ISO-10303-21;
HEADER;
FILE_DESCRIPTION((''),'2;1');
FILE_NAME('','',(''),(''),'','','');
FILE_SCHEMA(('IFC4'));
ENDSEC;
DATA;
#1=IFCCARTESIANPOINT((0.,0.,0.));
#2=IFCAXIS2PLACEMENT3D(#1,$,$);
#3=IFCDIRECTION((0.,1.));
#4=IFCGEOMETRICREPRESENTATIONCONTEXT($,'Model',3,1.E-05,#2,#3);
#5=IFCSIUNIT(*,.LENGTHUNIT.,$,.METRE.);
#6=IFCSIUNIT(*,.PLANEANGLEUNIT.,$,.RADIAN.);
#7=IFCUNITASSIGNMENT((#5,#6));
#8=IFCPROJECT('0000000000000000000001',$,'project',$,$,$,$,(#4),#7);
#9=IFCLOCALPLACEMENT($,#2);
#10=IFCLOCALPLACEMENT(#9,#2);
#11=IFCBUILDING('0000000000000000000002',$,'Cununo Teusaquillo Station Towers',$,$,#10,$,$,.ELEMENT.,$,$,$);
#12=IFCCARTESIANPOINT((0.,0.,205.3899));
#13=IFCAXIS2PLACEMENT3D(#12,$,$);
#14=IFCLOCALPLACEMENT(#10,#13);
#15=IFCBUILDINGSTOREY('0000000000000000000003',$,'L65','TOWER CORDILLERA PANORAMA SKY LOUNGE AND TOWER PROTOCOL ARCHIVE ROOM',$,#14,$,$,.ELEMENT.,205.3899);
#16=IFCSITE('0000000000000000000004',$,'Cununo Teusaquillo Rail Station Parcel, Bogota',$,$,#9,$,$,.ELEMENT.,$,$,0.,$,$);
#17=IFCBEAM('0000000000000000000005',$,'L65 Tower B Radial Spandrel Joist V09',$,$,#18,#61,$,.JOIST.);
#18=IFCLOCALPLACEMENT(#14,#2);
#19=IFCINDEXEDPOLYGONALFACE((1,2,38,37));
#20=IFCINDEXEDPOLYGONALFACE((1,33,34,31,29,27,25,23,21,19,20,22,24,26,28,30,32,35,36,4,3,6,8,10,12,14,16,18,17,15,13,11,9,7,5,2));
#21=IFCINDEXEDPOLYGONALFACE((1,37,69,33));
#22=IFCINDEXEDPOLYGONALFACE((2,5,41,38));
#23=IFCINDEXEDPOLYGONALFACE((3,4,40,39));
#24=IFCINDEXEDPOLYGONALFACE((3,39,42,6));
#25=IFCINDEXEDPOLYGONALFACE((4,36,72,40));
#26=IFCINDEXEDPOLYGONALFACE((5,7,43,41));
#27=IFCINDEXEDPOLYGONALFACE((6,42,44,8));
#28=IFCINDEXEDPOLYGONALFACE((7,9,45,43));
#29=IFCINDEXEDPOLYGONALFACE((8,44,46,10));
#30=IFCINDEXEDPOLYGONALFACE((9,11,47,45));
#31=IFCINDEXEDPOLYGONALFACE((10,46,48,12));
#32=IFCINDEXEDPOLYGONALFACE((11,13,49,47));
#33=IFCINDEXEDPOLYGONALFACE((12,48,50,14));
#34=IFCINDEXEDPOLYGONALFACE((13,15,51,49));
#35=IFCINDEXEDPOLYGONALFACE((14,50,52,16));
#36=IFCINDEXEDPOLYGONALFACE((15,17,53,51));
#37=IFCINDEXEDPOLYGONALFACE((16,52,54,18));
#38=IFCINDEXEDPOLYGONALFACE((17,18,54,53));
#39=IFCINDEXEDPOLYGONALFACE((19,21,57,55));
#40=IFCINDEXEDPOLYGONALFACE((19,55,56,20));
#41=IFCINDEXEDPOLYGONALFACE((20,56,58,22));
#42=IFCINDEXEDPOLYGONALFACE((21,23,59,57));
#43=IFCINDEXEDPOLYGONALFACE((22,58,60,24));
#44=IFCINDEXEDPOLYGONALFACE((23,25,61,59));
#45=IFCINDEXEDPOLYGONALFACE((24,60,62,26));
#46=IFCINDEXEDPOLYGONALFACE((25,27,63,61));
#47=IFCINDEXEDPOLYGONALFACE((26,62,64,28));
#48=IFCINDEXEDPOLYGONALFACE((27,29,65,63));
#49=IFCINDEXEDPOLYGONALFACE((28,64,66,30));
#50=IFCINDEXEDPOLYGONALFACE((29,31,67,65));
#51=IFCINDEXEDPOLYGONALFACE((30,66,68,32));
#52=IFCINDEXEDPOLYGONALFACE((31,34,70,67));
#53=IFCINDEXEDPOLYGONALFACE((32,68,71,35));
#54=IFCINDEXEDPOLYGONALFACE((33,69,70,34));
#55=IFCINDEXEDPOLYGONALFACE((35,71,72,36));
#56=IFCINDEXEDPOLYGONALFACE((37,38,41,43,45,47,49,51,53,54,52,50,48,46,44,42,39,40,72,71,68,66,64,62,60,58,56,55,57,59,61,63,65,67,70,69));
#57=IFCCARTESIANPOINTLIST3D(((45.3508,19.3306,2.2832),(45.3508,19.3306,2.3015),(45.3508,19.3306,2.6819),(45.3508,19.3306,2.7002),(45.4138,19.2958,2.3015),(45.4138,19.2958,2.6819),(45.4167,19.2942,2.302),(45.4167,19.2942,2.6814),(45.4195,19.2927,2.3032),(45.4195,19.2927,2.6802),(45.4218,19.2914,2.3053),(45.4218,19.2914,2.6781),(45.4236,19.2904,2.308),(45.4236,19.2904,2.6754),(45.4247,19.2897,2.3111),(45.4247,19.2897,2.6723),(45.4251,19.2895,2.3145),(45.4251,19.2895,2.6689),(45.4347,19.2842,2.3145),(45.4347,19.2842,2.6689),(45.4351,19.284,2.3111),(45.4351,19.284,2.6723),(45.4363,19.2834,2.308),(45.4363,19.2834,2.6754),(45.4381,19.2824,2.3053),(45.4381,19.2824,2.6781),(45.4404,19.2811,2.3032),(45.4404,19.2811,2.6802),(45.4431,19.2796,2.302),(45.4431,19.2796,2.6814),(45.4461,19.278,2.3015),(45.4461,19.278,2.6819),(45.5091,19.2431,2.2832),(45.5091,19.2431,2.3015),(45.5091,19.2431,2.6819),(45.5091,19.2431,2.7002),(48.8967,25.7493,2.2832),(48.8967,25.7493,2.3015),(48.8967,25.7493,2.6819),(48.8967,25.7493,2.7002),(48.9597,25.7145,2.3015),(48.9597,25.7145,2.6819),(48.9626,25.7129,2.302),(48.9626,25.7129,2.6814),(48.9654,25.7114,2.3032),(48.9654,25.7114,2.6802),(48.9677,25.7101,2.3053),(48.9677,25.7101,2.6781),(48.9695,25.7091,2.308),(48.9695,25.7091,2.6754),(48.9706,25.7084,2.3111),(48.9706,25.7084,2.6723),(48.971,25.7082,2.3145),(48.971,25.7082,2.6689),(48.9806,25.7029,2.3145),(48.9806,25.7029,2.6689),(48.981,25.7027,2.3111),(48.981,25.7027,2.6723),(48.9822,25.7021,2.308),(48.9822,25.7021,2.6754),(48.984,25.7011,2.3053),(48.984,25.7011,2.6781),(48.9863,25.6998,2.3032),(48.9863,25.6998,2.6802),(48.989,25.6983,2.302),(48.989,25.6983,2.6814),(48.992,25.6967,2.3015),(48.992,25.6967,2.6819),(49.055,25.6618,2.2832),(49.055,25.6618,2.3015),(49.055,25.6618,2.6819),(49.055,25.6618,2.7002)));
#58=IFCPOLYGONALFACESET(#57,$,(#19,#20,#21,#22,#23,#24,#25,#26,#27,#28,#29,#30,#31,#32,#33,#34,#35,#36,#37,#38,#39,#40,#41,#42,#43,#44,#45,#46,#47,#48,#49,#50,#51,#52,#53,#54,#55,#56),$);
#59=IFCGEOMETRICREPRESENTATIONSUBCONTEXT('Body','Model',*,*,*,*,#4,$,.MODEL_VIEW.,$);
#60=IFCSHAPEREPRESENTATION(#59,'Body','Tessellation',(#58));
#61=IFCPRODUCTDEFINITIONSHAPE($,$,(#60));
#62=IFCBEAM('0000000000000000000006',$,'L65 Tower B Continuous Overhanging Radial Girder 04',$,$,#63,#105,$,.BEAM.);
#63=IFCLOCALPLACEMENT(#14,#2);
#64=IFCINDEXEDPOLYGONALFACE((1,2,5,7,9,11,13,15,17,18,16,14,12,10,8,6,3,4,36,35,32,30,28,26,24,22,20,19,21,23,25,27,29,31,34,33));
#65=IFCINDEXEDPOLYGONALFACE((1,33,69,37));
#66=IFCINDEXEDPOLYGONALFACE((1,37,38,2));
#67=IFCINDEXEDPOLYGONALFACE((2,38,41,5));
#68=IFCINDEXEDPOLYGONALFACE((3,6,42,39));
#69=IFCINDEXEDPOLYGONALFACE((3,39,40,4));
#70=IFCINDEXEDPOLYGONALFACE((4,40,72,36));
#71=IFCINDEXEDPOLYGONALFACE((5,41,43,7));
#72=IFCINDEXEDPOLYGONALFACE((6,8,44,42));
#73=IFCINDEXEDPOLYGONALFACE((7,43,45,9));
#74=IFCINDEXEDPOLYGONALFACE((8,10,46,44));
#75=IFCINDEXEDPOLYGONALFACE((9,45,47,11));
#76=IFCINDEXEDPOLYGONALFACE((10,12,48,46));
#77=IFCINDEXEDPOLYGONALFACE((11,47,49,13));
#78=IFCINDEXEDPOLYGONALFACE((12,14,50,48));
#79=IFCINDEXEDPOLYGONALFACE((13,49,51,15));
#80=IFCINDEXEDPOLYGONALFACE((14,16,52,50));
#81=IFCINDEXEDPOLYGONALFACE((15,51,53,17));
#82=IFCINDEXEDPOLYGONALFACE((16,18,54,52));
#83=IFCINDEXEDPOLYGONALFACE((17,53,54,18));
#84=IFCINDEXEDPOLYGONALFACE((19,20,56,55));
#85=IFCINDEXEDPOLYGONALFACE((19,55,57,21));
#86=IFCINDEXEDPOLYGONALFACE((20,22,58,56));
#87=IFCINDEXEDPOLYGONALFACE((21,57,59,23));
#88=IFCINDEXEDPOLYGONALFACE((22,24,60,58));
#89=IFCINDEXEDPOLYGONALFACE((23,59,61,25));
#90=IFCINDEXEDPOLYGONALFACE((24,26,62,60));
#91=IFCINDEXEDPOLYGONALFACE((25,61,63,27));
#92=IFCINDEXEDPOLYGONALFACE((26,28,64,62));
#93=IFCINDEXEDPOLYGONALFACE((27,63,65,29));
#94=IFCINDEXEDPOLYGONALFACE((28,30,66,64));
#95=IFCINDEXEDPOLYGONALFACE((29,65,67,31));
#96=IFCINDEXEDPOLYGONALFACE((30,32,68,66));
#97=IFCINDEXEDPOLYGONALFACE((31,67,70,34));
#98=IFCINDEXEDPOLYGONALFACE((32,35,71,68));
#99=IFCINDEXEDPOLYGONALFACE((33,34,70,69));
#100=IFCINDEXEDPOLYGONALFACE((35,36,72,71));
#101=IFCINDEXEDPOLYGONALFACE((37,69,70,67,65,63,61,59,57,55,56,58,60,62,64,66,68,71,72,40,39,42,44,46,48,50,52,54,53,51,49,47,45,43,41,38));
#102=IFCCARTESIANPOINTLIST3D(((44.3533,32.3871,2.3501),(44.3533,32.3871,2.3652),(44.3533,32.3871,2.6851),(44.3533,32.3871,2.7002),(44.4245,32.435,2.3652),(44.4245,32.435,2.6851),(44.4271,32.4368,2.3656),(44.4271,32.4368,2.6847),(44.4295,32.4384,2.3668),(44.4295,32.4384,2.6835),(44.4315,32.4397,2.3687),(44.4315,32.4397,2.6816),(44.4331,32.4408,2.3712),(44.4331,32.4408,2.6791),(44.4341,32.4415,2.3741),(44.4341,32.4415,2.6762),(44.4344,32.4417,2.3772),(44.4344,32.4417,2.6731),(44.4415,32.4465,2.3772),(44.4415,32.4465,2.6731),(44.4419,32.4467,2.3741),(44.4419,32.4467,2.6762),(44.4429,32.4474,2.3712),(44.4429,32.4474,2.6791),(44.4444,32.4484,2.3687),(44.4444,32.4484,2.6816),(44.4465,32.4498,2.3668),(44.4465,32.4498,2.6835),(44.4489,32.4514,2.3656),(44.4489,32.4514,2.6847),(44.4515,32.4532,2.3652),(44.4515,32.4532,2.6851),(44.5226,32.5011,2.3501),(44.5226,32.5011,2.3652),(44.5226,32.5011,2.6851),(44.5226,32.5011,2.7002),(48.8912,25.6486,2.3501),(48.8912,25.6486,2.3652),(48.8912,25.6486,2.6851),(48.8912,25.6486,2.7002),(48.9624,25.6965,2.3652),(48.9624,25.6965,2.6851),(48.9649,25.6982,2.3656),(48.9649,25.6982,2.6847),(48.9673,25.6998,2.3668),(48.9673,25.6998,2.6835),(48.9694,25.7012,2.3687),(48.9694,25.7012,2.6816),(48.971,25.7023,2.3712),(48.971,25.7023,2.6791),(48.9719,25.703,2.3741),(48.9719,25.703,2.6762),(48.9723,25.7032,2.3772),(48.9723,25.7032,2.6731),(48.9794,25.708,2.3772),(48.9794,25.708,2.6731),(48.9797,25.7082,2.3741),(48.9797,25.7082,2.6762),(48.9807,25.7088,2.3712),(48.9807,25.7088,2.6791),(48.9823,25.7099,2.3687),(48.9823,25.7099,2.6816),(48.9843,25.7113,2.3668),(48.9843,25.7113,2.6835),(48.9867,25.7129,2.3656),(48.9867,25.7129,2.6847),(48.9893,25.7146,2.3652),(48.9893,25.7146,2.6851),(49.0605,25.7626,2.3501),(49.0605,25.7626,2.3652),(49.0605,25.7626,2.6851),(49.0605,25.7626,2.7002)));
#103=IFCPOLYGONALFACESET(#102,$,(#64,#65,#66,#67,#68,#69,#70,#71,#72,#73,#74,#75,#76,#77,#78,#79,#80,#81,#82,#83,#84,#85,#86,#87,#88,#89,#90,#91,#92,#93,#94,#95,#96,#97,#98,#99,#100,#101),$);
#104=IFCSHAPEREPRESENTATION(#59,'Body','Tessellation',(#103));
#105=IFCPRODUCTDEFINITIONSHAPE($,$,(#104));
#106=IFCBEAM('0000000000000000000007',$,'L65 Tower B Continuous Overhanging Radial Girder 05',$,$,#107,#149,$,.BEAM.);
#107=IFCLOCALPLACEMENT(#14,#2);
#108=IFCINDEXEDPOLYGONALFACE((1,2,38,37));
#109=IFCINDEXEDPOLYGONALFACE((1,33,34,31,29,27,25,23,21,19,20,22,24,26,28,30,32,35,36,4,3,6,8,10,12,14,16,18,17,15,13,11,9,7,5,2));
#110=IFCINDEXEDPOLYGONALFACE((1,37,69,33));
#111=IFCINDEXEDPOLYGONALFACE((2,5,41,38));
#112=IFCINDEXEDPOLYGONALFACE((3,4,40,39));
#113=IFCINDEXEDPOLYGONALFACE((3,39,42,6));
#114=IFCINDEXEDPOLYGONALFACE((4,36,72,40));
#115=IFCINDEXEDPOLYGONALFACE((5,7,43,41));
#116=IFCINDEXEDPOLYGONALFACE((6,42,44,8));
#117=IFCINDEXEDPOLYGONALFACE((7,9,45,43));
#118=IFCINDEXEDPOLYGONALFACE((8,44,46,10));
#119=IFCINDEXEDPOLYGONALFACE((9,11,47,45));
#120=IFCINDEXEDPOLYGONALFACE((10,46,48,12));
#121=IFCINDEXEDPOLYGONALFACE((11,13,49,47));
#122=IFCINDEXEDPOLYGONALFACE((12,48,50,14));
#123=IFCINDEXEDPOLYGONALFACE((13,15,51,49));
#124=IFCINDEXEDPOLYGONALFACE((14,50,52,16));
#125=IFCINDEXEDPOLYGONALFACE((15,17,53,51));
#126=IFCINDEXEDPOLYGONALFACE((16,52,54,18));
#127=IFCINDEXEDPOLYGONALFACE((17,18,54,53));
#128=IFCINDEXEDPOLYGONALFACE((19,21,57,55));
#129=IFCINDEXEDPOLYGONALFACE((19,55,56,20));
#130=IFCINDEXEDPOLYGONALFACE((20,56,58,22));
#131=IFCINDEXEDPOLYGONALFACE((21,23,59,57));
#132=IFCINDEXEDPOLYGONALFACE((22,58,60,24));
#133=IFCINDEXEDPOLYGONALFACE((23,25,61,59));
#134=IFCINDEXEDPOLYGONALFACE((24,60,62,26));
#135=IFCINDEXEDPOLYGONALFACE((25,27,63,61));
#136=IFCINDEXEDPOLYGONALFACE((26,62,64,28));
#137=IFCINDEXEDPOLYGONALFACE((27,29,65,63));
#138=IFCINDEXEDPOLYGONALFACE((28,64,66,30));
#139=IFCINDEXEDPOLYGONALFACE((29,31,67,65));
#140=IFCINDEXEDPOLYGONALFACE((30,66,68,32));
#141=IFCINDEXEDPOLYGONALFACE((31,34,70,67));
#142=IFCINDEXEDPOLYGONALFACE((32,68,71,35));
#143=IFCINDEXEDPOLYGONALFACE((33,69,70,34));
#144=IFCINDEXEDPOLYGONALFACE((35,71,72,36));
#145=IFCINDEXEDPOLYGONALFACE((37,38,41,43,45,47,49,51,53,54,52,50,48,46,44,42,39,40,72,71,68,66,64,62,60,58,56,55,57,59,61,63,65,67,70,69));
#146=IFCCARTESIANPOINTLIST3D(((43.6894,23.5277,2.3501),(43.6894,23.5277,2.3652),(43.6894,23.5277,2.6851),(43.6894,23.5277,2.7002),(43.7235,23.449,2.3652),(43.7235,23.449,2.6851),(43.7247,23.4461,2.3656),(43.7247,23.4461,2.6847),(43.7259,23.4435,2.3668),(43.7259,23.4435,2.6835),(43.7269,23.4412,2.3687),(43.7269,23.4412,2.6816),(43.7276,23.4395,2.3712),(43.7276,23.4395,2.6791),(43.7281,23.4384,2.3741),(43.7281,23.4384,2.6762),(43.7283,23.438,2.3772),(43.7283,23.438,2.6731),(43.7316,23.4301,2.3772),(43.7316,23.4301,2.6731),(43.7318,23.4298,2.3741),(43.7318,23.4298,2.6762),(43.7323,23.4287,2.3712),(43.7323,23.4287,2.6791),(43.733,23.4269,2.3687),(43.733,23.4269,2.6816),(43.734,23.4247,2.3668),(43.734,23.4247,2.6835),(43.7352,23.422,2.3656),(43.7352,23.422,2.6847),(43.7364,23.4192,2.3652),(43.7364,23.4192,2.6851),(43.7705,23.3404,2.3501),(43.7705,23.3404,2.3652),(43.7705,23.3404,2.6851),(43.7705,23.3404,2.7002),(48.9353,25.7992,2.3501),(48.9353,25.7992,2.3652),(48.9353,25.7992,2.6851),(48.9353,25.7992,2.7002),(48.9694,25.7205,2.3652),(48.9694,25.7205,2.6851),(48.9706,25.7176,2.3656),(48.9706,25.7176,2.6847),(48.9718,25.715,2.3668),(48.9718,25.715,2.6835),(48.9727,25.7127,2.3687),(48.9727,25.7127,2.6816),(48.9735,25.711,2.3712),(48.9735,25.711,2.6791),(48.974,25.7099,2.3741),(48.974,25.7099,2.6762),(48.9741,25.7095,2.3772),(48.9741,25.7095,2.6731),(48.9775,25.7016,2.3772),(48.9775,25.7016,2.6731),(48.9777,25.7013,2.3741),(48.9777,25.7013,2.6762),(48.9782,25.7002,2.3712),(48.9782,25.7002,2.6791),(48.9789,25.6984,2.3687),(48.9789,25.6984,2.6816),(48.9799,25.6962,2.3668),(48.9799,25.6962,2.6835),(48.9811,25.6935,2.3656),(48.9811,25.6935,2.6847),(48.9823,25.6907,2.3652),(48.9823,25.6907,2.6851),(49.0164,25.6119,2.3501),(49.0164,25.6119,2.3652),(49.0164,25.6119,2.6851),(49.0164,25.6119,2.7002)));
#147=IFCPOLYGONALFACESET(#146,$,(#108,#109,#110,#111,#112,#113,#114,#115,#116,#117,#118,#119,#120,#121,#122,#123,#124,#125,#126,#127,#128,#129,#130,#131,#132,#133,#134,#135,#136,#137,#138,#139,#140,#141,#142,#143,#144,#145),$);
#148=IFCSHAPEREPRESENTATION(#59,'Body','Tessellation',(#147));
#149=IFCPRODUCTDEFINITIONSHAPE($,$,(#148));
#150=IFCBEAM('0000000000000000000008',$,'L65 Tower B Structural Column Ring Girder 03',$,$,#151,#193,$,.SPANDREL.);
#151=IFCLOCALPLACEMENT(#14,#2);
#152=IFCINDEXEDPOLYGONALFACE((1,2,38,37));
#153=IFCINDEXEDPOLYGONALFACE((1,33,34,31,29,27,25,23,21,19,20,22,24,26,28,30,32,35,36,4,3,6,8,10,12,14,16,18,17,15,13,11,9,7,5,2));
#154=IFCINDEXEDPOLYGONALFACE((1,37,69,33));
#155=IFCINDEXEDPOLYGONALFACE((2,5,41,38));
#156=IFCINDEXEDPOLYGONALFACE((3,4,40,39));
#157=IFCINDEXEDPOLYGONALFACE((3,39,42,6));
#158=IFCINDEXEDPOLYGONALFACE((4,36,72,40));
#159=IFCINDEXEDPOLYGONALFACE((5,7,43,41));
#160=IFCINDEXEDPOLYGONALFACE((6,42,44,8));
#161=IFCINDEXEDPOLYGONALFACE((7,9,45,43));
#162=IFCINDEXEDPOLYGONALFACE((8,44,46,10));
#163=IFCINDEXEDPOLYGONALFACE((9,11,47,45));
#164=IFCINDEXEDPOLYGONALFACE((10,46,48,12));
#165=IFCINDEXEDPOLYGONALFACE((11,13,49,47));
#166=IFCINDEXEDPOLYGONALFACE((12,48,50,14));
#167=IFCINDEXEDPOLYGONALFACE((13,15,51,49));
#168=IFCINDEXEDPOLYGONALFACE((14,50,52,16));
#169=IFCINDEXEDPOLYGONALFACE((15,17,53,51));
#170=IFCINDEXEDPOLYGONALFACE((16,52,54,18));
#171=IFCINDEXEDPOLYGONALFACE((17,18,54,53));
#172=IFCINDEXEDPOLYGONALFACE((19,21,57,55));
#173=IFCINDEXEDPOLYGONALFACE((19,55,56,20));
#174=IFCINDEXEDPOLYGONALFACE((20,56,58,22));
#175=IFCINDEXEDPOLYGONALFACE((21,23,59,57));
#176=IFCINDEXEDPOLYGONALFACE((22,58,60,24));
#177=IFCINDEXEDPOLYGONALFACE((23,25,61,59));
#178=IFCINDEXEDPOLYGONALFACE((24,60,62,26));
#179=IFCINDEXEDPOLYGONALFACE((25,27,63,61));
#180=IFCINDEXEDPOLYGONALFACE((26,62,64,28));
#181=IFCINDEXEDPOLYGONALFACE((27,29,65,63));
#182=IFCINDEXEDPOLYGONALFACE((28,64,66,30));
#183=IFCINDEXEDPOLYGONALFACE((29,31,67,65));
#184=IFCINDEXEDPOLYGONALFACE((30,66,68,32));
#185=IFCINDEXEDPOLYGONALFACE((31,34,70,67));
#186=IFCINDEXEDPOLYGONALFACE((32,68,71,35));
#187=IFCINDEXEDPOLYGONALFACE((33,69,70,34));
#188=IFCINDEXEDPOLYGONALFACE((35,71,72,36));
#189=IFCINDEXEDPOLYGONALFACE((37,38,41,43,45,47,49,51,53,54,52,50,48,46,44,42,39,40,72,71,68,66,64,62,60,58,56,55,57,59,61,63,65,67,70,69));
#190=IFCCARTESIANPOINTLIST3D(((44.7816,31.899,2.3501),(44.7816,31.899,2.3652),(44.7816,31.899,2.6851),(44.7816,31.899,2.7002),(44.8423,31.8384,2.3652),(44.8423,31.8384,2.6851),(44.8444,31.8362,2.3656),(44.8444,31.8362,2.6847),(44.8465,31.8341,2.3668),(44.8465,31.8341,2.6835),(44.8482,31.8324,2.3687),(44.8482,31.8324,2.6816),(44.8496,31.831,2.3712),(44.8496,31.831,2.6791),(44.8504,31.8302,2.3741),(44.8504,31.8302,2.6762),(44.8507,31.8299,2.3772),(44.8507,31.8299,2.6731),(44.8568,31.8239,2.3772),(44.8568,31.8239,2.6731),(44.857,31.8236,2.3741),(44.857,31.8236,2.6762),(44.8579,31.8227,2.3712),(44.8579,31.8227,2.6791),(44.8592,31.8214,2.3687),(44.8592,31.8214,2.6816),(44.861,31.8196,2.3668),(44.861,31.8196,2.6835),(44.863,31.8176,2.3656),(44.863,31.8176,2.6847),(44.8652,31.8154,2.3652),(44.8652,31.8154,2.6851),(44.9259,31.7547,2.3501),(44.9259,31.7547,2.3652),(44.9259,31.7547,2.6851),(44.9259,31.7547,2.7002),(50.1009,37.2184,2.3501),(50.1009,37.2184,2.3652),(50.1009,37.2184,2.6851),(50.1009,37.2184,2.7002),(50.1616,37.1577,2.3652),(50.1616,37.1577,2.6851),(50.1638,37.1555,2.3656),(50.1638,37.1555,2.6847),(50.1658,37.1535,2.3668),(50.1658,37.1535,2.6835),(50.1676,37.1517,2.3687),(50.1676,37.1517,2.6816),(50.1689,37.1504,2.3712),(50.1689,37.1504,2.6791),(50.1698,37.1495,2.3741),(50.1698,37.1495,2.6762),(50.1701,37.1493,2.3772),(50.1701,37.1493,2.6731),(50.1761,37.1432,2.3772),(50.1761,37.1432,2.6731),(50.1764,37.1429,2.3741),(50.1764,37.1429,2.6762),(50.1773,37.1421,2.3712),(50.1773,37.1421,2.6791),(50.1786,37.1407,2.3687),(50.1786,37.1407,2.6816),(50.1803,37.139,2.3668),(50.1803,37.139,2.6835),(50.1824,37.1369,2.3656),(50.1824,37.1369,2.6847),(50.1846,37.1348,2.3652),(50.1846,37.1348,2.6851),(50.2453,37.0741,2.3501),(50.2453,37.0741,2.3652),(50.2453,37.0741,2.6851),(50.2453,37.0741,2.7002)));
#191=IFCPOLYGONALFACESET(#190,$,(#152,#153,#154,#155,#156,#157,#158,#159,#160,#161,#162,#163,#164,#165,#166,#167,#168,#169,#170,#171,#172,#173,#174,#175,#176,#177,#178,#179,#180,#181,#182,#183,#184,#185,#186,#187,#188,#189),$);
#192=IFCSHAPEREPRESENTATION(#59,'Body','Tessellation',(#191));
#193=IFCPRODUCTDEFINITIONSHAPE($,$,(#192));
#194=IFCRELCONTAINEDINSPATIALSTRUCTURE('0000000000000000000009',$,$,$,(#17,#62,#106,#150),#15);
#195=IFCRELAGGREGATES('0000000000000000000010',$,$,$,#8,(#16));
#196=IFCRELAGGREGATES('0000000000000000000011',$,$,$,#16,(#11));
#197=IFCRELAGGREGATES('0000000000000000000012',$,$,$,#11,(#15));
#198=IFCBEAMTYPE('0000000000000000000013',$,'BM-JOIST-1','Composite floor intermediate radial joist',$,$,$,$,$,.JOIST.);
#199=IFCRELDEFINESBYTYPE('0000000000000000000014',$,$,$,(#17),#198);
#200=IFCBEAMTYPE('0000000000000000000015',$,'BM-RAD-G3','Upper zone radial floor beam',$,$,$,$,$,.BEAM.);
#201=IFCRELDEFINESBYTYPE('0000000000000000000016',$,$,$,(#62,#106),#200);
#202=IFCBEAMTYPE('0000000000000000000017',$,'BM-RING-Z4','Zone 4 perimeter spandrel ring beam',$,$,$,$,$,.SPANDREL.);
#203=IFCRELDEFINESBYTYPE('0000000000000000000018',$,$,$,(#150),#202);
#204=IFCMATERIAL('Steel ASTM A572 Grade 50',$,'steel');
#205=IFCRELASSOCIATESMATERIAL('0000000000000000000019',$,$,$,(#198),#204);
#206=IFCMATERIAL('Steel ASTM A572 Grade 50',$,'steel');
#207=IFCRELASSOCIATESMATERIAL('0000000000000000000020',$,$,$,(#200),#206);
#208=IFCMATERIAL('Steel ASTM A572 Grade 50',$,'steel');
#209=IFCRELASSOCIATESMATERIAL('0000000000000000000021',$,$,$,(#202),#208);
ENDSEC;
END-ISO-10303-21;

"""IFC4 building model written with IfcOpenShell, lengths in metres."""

from ifc_helpers import new_model, si_unit, direction, frame, origin, origin_2d, place, context, subcontext, project, spatial, i_section, extrude, material, material_profile, profile_set, type_object, element, save


model = new_model("IFC4")

# Units and contexts
model_context = context("Model", 3, precision=1e-05, world=origin(), true_north=direction((0.0, 1.0)))
body_context = subcontext(model_context, "Body", "Model", "MODEL_VIEW")
ifc_project = project(units=[si_unit("LENGTHUNIT", "METRE"), si_unit("PLANEANGLEUNIT", "RADIAN")], contexts=[model_context])

# Site, building, storey
site_placement = place(None, origin())
site = spatial("IfcSite", under=ifc_project, at=site_placement, Name="Cununo Teusaquillo Rail Station Parcel, Bogota", CompositionType="ELEMENT", RefElevation=0.0)
building_placement = place(site_placement, origin())
building = spatial("IfcBuilding", under=site, at=building_placement, Name="Cununo Teusaquillo Station Towers", CompositionType="ELEMENT")
storey_placement = place(building_placement, frame((0.0, 0.0, 205.3899)))
storey = spatial("IfcBuildingStorey", under=building, at=storey_placement, Name="L65", Description="TOWER CORDILLERA PANORAMA SKY LOUNGE AND TOWER PROTOCOL ARCHIVE ROOM", CompositionType="ELEMENT", Elevation=205.3899)

# Beams
ifc_material_1 = material(Name="Steel ASTM A572 Grade 50", Category="steel")
ifc_material_profile_1 = material_profile(ifc_material_1, i_section(OverallWidth=0.1809, OverallDepth=0.417, WebThickness=0.011, FlangeThickness=0.0183, FilletRadius=0.0129, at=origin_2d()), Name="W16X57")
ifc_profile_set_1 = profile_set([ifc_material_profile_1], Name="Steel ASTM A572 Grade 50")
beam_type_1 = type_object("IfcBeamType", Name="BM-JOIST-1", Description="Composite floor intermediate radial joist", PredefinedType="JOIST", material=ifc_profile_set_1)
beam_1_placement = place(storey_placement, frame((48.9758, 25.7056, 2.4917), z_axis=(-0.483553, -0.875315, 0.0), x_axis=(0.875315, -0.483553, 0.0)))
element("IfcBeam", 1, at=beam_1_placement, inside=storey, type_object=beam_type_1, Name="L65 Tower B Radial Spandrel Joist V09", PredefinedType="JOIST", context=body_context, shape_type="SweptSolid", body=[
    extrude(i_section(OverallWidth=0.1809, OverallDepth=0.417, WebThickness=0.011, FlangeThickness=0.0183, FilletRadius=0.0129, at=origin_2d()), origin(), (0.0, 0.0, 1.0), 7.333),
])
ifc_material_2 = material(Name="Steel ASTM A572 Grade 50", Category="steel")
ifc_material_profile_2 = material_profile(ifc_material_2, i_section(OverallWidth=0.2041, OverallDepth=0.3501, WebThickness=0.0085, FlangeThickness=0.0151, FilletRadius=0.012, at=origin_2d()), Name="W14X48")
ifc_profile_set_2 = profile_set([ifc_material_profile_2], Name="Steel ASTM A572 Grade 50")
beam_type_2 = type_object("IfcBeamType", Name="BM-RAD-G3", Description="Upper zone radial floor beam", PredefinedType="BEAM", material=ifc_profile_set_2)
beam_2_placement = place(storey_placement, frame((48.9758, 25.7056, 2.5251), z_axis=(-0.558571, 0.829457, 0.0), x_axis=(-0.829457, -0.558571, 0.0)))
element("IfcBeam", 2, at=beam_2_placement, inside=storey, type_object=beam_type_2, Name="L65 Tower B Continuous Overhanging Radial Girder 04", PredefinedType="BEAM", context=body_context, shape_type="SweptSolid", body=[
    extrude(i_section(OverallWidth=0.2041, OverallDepth=0.3501, WebThickness=0.0085, FlangeThickness=0.0151, FilletRadius=0.012, at=origin_2d()), origin(), (0.0, 0.0, 1.0), 8.124),
])
beam_3_placement = place(storey_placement, frame((48.9758, 25.7056, 2.5251), z_axis=(-0.917665, -0.397355, 0.0), x_axis=(0.397355, -0.917665, 0.0)))
element("IfcBeam", 3, at=beam_3_placement, inside=storey, type_object=beam_type_2, Name="L65 Tower B Continuous Overhanging Radial Girder 05", PredefinedType="BEAM", context=body_context, shape_type="SweptSolid", body=[
    extrude(i_section(OverallWidth=0.2041, OverallDepth=0.3501, WebThickness=0.0085, FlangeThickness=0.0151, FilletRadius=0.012, at=origin_2d()), origin(), (0.0, 0.0, 1.0), 5.7166),
])
ifc_material_3 = material(Name="Steel ASTM A572 Grade 50", Category="steel")
ifc_material_profile_3 = material_profile(ifc_material_3, i_section(OverallWidth=0.2041, OverallDepth=0.3501, WebThickness=0.0085, FlangeThickness=0.0151, FilletRadius=0.012, at=origin_2d()), Name="W14X48")
ifc_profile_set_3 = profile_set([ifc_material_profile_3], Name="Steel ASTM A572 Grade 50")
beam_type_3 = type_object("IfcBeamType", Name="BM-RING-Z4", Description="Zone 4 perimeter spandrel ring beam", PredefinedType="SPANDREL", material=ifc_profile_set_3)
beam_4_placement = place(storey_placement, frame((50.1731, 37.1462, 2.5251), z_axis=(-0.707107, -0.707107, 0.0), x_axis=(0.707107, -0.707107, 0.0)))
element("IfcBeam", 4, at=beam_4_placement, inside=storey, type_object=beam_type_3, Name="L65 Tower B Structural Column Ring Girder 03", PredefinedType="SPANDREL", context=body_context, shape_type="SweptSolid", body=[
    extrude(i_section(OverallWidth=0.2041, OverallDepth=0.3501, WebThickness=0.0085, FlangeThickness=0.0151, FilletRadius=0.012, at=origin_2d()), origin(), (0.0, 0.0, 1.0), 7.5227),
])

save(model, "model.ifc")
